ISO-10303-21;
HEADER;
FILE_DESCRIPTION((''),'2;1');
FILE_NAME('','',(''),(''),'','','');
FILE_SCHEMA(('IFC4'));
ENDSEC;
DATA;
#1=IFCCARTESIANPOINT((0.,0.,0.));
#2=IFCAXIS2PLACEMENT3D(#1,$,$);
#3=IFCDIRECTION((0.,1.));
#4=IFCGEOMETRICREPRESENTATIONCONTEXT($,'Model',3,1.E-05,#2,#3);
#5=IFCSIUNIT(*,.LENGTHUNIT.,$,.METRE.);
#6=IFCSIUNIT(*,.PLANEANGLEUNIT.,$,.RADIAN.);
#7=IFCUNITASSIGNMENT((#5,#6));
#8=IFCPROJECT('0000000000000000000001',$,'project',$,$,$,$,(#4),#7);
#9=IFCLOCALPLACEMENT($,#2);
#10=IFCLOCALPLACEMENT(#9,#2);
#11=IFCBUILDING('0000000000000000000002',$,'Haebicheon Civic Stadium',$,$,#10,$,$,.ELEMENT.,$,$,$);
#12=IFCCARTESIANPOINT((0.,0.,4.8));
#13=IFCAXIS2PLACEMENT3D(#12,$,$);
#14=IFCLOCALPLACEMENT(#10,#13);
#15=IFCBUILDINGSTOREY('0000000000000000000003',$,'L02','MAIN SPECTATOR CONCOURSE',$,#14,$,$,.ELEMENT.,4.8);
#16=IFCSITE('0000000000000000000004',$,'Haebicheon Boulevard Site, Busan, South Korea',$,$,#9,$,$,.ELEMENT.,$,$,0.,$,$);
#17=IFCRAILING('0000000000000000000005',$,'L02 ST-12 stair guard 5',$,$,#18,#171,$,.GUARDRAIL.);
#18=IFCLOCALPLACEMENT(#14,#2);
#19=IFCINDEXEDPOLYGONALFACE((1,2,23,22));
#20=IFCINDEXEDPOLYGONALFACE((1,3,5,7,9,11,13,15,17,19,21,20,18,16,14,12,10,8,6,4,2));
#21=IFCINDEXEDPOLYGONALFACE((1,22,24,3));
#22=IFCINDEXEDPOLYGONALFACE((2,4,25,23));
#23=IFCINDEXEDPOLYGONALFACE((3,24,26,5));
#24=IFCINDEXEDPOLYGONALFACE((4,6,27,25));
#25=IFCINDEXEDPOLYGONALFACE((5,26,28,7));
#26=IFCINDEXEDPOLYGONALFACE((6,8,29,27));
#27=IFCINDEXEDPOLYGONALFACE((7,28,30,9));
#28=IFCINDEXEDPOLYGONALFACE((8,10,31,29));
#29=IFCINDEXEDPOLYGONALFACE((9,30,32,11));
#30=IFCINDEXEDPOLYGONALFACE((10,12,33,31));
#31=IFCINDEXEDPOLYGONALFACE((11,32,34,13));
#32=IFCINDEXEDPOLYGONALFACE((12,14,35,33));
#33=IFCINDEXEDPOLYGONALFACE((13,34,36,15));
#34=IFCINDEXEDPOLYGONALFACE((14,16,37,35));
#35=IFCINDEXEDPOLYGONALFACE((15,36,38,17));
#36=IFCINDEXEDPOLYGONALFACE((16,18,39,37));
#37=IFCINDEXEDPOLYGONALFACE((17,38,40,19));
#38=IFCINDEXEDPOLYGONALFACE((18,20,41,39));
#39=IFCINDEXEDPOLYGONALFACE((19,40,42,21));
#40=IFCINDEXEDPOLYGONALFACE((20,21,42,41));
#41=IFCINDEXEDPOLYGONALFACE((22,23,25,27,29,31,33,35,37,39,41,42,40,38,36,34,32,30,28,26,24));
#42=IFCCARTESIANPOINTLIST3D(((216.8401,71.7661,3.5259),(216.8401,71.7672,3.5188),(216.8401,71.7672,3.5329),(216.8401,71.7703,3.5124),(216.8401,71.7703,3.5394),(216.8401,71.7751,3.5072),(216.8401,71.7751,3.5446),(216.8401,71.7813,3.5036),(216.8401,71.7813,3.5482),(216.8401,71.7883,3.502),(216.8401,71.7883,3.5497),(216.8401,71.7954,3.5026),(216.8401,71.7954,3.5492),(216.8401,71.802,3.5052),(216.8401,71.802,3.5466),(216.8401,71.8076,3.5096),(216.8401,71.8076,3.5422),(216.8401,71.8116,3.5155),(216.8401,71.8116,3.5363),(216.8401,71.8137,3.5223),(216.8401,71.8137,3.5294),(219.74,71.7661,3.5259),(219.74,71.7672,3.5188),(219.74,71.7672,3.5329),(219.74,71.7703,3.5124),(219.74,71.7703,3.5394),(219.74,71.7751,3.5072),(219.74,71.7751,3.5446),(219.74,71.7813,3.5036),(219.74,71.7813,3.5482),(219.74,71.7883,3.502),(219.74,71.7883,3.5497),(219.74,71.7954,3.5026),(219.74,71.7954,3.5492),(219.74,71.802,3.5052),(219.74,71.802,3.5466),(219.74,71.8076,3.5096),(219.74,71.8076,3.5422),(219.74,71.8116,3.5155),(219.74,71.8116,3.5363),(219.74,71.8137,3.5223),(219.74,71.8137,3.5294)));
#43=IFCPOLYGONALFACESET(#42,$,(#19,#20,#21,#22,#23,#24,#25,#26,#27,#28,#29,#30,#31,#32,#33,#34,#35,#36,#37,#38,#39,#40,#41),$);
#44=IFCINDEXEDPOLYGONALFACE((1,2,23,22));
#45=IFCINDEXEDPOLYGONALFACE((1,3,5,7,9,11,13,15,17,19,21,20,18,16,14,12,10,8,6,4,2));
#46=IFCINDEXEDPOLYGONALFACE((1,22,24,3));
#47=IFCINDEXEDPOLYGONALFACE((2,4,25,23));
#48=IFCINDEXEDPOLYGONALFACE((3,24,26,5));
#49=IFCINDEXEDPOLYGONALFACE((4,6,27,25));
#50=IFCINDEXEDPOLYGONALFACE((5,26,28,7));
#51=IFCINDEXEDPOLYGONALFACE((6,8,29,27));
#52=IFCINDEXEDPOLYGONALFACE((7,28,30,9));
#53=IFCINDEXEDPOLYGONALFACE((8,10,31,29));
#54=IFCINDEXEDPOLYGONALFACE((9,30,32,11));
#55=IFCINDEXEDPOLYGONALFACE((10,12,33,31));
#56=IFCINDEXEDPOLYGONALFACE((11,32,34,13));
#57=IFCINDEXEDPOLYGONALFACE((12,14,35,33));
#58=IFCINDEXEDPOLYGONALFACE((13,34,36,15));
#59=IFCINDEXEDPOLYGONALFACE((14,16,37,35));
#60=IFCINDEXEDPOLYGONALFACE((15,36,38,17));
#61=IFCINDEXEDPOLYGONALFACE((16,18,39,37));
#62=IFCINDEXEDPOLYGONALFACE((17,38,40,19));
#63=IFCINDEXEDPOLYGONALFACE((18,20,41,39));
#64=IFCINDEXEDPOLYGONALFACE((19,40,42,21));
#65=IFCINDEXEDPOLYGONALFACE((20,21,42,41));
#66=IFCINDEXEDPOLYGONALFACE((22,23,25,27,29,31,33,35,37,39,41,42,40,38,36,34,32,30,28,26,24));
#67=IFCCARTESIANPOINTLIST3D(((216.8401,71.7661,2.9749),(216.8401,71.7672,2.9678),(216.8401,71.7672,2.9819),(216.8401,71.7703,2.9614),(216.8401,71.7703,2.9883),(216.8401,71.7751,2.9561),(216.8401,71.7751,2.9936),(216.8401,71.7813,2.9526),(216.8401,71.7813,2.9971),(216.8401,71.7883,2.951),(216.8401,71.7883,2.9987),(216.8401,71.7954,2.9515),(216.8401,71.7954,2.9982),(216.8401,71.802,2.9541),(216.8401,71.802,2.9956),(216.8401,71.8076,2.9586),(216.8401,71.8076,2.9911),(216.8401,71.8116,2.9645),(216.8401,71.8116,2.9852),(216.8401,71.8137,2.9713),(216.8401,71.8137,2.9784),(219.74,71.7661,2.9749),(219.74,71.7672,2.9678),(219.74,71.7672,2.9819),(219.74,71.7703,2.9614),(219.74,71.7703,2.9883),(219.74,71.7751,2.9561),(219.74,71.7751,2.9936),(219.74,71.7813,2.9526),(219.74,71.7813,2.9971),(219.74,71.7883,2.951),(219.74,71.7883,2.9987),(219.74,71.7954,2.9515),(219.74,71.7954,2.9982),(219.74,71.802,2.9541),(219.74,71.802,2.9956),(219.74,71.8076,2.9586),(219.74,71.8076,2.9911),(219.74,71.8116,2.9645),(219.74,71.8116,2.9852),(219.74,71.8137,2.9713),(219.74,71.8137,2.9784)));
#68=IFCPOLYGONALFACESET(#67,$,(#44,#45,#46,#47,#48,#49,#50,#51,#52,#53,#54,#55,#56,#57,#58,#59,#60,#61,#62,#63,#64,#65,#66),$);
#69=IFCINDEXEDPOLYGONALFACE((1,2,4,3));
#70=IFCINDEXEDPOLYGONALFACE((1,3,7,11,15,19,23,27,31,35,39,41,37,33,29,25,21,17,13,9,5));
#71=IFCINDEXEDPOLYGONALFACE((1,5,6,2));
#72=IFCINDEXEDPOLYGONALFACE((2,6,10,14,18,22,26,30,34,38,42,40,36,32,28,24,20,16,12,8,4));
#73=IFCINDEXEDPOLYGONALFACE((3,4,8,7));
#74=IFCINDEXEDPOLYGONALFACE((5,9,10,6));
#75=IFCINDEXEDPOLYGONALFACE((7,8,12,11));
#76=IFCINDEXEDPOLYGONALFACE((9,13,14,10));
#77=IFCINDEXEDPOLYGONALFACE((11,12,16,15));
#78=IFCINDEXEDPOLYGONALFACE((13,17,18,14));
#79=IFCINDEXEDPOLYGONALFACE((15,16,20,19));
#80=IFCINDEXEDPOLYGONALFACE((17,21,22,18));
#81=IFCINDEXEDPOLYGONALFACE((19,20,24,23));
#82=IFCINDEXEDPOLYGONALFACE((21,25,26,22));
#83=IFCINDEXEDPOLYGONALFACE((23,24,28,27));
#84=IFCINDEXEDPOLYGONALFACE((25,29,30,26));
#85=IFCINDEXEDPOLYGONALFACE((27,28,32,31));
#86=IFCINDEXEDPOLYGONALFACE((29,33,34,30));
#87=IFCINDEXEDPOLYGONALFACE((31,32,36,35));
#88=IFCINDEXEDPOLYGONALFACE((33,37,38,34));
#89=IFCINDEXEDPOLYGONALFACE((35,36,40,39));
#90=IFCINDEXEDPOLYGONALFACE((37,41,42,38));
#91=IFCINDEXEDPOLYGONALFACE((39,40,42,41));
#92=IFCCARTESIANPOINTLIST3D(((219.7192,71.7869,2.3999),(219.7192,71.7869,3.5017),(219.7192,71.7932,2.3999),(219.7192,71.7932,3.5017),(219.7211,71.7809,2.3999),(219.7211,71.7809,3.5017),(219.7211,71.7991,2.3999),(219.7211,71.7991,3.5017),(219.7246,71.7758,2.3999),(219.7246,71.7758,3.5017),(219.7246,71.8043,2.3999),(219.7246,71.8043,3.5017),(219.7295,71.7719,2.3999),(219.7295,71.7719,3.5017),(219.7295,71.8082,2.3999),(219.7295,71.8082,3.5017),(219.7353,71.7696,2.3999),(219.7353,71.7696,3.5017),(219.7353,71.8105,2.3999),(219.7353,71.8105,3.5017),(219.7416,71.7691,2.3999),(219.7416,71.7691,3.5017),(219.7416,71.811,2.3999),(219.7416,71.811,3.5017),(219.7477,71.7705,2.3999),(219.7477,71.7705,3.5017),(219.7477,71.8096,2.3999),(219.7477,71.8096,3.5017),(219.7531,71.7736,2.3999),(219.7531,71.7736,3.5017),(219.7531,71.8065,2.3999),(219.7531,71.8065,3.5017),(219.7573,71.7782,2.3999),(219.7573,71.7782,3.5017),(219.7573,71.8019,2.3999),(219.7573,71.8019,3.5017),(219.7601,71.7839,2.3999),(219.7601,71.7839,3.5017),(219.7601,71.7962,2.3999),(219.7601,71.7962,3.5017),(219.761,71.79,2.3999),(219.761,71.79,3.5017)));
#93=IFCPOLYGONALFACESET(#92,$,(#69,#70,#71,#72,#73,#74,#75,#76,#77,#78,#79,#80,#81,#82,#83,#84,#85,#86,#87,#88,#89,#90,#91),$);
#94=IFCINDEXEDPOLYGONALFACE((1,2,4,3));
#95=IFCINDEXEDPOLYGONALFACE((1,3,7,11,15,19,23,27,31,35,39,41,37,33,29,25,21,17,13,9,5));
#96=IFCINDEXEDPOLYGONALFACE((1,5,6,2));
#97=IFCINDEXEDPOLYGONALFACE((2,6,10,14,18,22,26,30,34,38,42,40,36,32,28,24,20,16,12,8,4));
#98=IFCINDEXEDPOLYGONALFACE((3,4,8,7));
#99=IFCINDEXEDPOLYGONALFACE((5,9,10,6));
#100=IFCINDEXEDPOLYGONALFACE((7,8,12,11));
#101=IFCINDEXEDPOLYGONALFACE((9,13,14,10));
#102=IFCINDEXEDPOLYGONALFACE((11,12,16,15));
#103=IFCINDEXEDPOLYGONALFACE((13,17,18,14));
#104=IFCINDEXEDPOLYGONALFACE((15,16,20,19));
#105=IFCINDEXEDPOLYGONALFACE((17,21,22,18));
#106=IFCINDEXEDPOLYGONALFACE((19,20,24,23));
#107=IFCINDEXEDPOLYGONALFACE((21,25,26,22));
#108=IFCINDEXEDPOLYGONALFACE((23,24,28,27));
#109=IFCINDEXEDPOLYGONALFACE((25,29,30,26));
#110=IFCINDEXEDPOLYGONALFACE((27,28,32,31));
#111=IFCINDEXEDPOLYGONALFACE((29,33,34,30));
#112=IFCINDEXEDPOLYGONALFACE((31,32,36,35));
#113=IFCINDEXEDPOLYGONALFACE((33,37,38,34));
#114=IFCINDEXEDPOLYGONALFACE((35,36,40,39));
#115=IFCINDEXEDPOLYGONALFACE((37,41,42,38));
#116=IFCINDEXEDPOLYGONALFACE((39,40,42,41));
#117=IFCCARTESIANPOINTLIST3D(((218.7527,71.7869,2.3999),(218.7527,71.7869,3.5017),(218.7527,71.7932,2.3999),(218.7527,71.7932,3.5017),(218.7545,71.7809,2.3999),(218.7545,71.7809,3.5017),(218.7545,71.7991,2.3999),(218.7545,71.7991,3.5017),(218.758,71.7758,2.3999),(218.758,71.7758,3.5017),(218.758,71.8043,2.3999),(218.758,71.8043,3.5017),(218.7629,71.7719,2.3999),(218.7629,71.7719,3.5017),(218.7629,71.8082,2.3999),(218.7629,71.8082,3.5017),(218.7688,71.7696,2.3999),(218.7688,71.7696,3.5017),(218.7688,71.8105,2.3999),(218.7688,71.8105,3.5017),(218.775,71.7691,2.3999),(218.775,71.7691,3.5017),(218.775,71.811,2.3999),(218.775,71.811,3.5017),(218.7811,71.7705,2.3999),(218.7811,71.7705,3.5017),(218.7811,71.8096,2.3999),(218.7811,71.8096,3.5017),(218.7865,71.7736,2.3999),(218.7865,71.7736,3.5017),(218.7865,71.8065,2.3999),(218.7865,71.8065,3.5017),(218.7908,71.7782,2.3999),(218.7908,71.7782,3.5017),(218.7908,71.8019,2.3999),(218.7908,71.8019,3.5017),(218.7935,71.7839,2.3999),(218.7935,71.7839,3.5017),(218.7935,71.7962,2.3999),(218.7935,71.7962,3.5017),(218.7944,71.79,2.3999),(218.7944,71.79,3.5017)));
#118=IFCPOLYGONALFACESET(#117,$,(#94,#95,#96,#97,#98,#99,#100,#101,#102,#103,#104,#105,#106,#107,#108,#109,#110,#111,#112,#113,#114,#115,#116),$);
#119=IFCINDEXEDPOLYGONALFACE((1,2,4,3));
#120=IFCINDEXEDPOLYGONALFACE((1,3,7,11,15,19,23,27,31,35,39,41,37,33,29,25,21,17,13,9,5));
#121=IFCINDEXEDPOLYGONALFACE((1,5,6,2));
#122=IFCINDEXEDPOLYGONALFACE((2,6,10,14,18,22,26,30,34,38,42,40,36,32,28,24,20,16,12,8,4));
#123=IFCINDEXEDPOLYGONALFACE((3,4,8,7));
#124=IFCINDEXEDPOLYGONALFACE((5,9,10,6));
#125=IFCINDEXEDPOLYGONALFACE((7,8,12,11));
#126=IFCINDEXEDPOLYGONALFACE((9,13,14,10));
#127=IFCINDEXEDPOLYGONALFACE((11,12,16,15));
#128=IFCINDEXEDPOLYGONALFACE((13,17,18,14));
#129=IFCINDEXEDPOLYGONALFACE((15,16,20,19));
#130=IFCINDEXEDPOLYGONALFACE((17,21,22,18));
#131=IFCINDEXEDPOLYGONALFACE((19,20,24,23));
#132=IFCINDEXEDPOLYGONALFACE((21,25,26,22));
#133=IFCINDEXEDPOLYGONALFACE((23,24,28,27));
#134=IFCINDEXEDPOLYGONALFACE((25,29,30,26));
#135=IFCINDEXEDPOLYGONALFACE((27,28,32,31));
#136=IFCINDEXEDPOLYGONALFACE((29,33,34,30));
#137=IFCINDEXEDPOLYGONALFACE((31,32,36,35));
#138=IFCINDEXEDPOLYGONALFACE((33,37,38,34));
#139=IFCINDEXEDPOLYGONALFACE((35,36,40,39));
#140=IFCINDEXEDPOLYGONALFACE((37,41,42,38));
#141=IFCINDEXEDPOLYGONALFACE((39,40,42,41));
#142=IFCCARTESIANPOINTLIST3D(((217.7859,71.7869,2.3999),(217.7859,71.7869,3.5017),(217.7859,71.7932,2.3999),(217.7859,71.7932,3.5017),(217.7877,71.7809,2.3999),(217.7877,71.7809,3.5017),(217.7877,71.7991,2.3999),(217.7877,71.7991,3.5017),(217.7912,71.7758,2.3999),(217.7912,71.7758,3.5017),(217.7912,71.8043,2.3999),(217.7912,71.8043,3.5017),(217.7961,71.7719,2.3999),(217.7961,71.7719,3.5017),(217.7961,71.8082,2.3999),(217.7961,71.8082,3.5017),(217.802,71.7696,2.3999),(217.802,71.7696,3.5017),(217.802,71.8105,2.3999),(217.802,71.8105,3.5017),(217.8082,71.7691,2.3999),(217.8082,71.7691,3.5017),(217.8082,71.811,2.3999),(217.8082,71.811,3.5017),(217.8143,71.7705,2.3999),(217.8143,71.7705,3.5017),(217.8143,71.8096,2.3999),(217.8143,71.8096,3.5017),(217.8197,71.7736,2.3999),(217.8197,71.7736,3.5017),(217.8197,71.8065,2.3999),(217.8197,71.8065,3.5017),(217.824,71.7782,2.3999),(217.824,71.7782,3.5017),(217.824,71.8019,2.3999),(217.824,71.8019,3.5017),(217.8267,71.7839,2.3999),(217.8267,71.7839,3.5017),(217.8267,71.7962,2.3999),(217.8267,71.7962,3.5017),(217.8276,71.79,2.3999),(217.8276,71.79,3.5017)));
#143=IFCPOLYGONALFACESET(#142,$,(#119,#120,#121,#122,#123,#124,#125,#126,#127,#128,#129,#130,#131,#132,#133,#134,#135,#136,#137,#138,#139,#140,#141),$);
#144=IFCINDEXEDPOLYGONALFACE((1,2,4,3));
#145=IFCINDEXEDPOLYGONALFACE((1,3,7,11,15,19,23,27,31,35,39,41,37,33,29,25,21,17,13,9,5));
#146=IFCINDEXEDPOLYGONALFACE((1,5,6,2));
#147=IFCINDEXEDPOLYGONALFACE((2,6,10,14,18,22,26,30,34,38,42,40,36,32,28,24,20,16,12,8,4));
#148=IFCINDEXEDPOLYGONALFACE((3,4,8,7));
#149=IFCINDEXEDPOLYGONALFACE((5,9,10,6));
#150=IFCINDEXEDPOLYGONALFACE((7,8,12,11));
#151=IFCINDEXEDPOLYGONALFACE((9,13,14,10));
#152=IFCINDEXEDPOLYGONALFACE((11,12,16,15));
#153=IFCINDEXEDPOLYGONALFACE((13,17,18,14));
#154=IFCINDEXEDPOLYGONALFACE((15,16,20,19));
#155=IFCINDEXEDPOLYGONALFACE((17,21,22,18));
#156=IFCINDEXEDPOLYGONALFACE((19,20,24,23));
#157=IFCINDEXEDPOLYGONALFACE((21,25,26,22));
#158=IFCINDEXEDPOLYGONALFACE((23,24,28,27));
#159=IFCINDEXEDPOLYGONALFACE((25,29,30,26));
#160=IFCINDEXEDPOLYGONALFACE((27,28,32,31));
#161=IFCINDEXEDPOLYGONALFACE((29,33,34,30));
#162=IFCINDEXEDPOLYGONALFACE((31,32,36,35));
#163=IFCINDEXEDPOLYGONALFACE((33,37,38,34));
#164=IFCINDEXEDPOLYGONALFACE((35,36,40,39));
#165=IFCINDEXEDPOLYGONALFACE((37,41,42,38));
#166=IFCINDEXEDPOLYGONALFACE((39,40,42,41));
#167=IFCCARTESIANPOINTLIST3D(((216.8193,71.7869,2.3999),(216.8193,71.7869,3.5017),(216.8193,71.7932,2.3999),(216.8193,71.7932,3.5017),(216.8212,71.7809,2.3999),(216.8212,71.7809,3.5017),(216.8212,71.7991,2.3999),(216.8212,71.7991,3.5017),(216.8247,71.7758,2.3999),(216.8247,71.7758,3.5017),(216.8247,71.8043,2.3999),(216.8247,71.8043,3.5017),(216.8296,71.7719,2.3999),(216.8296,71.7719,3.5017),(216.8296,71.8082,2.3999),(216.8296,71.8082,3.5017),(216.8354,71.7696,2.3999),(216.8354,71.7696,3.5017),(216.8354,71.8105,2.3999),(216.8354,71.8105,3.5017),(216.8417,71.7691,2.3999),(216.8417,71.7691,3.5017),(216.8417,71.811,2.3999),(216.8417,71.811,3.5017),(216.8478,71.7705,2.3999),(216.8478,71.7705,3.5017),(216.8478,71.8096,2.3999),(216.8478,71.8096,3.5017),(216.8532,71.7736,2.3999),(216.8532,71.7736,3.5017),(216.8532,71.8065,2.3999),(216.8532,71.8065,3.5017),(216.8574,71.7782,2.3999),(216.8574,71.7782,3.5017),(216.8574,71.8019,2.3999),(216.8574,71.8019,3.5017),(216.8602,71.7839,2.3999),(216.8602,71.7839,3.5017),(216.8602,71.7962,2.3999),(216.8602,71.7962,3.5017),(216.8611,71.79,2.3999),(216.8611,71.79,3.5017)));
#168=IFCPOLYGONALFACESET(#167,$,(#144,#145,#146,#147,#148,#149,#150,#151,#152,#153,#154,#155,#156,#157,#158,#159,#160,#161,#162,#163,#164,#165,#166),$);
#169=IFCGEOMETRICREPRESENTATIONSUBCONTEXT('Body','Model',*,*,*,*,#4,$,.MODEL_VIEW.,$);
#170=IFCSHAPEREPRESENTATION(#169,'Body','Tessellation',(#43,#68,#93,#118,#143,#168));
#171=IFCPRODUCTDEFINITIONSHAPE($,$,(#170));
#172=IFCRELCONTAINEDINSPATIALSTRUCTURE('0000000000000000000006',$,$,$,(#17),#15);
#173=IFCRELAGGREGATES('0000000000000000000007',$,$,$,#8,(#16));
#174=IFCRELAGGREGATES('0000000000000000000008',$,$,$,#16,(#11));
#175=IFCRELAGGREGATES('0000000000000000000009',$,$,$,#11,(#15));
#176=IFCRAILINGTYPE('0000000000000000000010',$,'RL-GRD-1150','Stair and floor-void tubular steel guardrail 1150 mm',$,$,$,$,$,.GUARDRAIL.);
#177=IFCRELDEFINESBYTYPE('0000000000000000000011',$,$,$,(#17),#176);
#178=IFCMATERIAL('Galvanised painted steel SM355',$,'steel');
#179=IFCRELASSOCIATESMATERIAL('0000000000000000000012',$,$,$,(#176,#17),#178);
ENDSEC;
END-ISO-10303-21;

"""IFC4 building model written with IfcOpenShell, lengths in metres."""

from ifc_helpers import new_model, si_unit, direction, frame, origin, origin_2d, place, context, subcontext, project, spatial, circle, extrude, material, type_object, element, save


model = new_model("IFC4")

# Units and contexts
model_context = context("Model", 3, precision=1e-05, world=origin(), true_north=direction((0.0, 1.0)))
body_context = subcontext(model_context, "Body", "Model", "MODEL_VIEW")
ifc_project = project(units=[si_unit("LENGTHUNIT", "METRE"), si_unit("PLANEANGLEUNIT", "RADIAN")], contexts=[model_context])

# Site, building, storey
site_placement = place(None, origin())
site = spatial("IfcSite", under=ifc_project, at=site_placement, Name="Haebicheon Boulevard Site, Busan, South Korea", CompositionType="ELEMENT", RefElevation=0.0)
building_placement = place(site_placement, origin())
building = spatial("IfcBuilding", under=site, at=building_placement, Name="Haebicheon Civic Stadium", CompositionType="ELEMENT")
storey_placement = place(building_placement, frame((0.0, 0.0, 4.8)))
storey = spatial("IfcBuildingStorey", under=building, at=storey_placement, Name="L02", Description="MAIN SPECTATOR CONCOURSE", CompositionType="ELEMENT", Elevation=4.8)

# Railing
ifc_material_1 = material(Name="Galvanised painted steel SM355", Category="steel")
railing_type = type_object("IfcRailingType", Name="RL-GRD-1150", Description="Stair and floor-void tubular steel guardrail 1150 mm", PredefinedType="GUARDRAIL", material=ifc_material_1)
railing_1_placement = place(storey_placement, frame((219.74, 71.79, 2.3999)))
element("IfcRailing", 1, at=railing_1_placement, inside=storey, type_object=railing_type, material=ifc_material_1, Name="L02 ST-12 stair guard 5", PredefinedType="GUARDRAIL", context=body_context, shape_type="SweptSolid", body=[
    extrude(circle(Radius=0.0239, at=origin_2d()), frame((0.0, 0.0, 1.126), z_axis=(-1.0, 0.0, 0.0), x_axis=(0.0, -1.0, 0.0)), (0.0, 0.0, 1.0), 2.8999),
    extrude(circle(Radius=0.0239, at=origin_2d()), frame((0.0, 0.0, 0.575), z_axis=(-1.0, 0.0, 0.0), x_axis=(0.0, -1.0, 0.0)), (0.0, 0.0, 1.0), 2.8999),
    extrude(circle(Radius=0.021, at=origin_2d()), origin(), (0.0, 0.0, 1.0), 1.1018),
    extrude(circle(Radius=0.021, at=origin_2d()), frame((-0.9666, 0.0, 0.0)), (0.0, 0.0, 1.0), 1.1018),
    extrude(circle(Radius=0.021, at=origin_2d()), frame((-1.9333, 0.0, 0.0)), (0.0, 0.0, 1.0), 1.1018),
    extrude(circle(Radius=0.021, at=origin_2d()), frame((-2.8999, 0.0, 0.0)), (0.0, 0.0, 1.0), 1.1018),
])

save(model, "model.ifc")
